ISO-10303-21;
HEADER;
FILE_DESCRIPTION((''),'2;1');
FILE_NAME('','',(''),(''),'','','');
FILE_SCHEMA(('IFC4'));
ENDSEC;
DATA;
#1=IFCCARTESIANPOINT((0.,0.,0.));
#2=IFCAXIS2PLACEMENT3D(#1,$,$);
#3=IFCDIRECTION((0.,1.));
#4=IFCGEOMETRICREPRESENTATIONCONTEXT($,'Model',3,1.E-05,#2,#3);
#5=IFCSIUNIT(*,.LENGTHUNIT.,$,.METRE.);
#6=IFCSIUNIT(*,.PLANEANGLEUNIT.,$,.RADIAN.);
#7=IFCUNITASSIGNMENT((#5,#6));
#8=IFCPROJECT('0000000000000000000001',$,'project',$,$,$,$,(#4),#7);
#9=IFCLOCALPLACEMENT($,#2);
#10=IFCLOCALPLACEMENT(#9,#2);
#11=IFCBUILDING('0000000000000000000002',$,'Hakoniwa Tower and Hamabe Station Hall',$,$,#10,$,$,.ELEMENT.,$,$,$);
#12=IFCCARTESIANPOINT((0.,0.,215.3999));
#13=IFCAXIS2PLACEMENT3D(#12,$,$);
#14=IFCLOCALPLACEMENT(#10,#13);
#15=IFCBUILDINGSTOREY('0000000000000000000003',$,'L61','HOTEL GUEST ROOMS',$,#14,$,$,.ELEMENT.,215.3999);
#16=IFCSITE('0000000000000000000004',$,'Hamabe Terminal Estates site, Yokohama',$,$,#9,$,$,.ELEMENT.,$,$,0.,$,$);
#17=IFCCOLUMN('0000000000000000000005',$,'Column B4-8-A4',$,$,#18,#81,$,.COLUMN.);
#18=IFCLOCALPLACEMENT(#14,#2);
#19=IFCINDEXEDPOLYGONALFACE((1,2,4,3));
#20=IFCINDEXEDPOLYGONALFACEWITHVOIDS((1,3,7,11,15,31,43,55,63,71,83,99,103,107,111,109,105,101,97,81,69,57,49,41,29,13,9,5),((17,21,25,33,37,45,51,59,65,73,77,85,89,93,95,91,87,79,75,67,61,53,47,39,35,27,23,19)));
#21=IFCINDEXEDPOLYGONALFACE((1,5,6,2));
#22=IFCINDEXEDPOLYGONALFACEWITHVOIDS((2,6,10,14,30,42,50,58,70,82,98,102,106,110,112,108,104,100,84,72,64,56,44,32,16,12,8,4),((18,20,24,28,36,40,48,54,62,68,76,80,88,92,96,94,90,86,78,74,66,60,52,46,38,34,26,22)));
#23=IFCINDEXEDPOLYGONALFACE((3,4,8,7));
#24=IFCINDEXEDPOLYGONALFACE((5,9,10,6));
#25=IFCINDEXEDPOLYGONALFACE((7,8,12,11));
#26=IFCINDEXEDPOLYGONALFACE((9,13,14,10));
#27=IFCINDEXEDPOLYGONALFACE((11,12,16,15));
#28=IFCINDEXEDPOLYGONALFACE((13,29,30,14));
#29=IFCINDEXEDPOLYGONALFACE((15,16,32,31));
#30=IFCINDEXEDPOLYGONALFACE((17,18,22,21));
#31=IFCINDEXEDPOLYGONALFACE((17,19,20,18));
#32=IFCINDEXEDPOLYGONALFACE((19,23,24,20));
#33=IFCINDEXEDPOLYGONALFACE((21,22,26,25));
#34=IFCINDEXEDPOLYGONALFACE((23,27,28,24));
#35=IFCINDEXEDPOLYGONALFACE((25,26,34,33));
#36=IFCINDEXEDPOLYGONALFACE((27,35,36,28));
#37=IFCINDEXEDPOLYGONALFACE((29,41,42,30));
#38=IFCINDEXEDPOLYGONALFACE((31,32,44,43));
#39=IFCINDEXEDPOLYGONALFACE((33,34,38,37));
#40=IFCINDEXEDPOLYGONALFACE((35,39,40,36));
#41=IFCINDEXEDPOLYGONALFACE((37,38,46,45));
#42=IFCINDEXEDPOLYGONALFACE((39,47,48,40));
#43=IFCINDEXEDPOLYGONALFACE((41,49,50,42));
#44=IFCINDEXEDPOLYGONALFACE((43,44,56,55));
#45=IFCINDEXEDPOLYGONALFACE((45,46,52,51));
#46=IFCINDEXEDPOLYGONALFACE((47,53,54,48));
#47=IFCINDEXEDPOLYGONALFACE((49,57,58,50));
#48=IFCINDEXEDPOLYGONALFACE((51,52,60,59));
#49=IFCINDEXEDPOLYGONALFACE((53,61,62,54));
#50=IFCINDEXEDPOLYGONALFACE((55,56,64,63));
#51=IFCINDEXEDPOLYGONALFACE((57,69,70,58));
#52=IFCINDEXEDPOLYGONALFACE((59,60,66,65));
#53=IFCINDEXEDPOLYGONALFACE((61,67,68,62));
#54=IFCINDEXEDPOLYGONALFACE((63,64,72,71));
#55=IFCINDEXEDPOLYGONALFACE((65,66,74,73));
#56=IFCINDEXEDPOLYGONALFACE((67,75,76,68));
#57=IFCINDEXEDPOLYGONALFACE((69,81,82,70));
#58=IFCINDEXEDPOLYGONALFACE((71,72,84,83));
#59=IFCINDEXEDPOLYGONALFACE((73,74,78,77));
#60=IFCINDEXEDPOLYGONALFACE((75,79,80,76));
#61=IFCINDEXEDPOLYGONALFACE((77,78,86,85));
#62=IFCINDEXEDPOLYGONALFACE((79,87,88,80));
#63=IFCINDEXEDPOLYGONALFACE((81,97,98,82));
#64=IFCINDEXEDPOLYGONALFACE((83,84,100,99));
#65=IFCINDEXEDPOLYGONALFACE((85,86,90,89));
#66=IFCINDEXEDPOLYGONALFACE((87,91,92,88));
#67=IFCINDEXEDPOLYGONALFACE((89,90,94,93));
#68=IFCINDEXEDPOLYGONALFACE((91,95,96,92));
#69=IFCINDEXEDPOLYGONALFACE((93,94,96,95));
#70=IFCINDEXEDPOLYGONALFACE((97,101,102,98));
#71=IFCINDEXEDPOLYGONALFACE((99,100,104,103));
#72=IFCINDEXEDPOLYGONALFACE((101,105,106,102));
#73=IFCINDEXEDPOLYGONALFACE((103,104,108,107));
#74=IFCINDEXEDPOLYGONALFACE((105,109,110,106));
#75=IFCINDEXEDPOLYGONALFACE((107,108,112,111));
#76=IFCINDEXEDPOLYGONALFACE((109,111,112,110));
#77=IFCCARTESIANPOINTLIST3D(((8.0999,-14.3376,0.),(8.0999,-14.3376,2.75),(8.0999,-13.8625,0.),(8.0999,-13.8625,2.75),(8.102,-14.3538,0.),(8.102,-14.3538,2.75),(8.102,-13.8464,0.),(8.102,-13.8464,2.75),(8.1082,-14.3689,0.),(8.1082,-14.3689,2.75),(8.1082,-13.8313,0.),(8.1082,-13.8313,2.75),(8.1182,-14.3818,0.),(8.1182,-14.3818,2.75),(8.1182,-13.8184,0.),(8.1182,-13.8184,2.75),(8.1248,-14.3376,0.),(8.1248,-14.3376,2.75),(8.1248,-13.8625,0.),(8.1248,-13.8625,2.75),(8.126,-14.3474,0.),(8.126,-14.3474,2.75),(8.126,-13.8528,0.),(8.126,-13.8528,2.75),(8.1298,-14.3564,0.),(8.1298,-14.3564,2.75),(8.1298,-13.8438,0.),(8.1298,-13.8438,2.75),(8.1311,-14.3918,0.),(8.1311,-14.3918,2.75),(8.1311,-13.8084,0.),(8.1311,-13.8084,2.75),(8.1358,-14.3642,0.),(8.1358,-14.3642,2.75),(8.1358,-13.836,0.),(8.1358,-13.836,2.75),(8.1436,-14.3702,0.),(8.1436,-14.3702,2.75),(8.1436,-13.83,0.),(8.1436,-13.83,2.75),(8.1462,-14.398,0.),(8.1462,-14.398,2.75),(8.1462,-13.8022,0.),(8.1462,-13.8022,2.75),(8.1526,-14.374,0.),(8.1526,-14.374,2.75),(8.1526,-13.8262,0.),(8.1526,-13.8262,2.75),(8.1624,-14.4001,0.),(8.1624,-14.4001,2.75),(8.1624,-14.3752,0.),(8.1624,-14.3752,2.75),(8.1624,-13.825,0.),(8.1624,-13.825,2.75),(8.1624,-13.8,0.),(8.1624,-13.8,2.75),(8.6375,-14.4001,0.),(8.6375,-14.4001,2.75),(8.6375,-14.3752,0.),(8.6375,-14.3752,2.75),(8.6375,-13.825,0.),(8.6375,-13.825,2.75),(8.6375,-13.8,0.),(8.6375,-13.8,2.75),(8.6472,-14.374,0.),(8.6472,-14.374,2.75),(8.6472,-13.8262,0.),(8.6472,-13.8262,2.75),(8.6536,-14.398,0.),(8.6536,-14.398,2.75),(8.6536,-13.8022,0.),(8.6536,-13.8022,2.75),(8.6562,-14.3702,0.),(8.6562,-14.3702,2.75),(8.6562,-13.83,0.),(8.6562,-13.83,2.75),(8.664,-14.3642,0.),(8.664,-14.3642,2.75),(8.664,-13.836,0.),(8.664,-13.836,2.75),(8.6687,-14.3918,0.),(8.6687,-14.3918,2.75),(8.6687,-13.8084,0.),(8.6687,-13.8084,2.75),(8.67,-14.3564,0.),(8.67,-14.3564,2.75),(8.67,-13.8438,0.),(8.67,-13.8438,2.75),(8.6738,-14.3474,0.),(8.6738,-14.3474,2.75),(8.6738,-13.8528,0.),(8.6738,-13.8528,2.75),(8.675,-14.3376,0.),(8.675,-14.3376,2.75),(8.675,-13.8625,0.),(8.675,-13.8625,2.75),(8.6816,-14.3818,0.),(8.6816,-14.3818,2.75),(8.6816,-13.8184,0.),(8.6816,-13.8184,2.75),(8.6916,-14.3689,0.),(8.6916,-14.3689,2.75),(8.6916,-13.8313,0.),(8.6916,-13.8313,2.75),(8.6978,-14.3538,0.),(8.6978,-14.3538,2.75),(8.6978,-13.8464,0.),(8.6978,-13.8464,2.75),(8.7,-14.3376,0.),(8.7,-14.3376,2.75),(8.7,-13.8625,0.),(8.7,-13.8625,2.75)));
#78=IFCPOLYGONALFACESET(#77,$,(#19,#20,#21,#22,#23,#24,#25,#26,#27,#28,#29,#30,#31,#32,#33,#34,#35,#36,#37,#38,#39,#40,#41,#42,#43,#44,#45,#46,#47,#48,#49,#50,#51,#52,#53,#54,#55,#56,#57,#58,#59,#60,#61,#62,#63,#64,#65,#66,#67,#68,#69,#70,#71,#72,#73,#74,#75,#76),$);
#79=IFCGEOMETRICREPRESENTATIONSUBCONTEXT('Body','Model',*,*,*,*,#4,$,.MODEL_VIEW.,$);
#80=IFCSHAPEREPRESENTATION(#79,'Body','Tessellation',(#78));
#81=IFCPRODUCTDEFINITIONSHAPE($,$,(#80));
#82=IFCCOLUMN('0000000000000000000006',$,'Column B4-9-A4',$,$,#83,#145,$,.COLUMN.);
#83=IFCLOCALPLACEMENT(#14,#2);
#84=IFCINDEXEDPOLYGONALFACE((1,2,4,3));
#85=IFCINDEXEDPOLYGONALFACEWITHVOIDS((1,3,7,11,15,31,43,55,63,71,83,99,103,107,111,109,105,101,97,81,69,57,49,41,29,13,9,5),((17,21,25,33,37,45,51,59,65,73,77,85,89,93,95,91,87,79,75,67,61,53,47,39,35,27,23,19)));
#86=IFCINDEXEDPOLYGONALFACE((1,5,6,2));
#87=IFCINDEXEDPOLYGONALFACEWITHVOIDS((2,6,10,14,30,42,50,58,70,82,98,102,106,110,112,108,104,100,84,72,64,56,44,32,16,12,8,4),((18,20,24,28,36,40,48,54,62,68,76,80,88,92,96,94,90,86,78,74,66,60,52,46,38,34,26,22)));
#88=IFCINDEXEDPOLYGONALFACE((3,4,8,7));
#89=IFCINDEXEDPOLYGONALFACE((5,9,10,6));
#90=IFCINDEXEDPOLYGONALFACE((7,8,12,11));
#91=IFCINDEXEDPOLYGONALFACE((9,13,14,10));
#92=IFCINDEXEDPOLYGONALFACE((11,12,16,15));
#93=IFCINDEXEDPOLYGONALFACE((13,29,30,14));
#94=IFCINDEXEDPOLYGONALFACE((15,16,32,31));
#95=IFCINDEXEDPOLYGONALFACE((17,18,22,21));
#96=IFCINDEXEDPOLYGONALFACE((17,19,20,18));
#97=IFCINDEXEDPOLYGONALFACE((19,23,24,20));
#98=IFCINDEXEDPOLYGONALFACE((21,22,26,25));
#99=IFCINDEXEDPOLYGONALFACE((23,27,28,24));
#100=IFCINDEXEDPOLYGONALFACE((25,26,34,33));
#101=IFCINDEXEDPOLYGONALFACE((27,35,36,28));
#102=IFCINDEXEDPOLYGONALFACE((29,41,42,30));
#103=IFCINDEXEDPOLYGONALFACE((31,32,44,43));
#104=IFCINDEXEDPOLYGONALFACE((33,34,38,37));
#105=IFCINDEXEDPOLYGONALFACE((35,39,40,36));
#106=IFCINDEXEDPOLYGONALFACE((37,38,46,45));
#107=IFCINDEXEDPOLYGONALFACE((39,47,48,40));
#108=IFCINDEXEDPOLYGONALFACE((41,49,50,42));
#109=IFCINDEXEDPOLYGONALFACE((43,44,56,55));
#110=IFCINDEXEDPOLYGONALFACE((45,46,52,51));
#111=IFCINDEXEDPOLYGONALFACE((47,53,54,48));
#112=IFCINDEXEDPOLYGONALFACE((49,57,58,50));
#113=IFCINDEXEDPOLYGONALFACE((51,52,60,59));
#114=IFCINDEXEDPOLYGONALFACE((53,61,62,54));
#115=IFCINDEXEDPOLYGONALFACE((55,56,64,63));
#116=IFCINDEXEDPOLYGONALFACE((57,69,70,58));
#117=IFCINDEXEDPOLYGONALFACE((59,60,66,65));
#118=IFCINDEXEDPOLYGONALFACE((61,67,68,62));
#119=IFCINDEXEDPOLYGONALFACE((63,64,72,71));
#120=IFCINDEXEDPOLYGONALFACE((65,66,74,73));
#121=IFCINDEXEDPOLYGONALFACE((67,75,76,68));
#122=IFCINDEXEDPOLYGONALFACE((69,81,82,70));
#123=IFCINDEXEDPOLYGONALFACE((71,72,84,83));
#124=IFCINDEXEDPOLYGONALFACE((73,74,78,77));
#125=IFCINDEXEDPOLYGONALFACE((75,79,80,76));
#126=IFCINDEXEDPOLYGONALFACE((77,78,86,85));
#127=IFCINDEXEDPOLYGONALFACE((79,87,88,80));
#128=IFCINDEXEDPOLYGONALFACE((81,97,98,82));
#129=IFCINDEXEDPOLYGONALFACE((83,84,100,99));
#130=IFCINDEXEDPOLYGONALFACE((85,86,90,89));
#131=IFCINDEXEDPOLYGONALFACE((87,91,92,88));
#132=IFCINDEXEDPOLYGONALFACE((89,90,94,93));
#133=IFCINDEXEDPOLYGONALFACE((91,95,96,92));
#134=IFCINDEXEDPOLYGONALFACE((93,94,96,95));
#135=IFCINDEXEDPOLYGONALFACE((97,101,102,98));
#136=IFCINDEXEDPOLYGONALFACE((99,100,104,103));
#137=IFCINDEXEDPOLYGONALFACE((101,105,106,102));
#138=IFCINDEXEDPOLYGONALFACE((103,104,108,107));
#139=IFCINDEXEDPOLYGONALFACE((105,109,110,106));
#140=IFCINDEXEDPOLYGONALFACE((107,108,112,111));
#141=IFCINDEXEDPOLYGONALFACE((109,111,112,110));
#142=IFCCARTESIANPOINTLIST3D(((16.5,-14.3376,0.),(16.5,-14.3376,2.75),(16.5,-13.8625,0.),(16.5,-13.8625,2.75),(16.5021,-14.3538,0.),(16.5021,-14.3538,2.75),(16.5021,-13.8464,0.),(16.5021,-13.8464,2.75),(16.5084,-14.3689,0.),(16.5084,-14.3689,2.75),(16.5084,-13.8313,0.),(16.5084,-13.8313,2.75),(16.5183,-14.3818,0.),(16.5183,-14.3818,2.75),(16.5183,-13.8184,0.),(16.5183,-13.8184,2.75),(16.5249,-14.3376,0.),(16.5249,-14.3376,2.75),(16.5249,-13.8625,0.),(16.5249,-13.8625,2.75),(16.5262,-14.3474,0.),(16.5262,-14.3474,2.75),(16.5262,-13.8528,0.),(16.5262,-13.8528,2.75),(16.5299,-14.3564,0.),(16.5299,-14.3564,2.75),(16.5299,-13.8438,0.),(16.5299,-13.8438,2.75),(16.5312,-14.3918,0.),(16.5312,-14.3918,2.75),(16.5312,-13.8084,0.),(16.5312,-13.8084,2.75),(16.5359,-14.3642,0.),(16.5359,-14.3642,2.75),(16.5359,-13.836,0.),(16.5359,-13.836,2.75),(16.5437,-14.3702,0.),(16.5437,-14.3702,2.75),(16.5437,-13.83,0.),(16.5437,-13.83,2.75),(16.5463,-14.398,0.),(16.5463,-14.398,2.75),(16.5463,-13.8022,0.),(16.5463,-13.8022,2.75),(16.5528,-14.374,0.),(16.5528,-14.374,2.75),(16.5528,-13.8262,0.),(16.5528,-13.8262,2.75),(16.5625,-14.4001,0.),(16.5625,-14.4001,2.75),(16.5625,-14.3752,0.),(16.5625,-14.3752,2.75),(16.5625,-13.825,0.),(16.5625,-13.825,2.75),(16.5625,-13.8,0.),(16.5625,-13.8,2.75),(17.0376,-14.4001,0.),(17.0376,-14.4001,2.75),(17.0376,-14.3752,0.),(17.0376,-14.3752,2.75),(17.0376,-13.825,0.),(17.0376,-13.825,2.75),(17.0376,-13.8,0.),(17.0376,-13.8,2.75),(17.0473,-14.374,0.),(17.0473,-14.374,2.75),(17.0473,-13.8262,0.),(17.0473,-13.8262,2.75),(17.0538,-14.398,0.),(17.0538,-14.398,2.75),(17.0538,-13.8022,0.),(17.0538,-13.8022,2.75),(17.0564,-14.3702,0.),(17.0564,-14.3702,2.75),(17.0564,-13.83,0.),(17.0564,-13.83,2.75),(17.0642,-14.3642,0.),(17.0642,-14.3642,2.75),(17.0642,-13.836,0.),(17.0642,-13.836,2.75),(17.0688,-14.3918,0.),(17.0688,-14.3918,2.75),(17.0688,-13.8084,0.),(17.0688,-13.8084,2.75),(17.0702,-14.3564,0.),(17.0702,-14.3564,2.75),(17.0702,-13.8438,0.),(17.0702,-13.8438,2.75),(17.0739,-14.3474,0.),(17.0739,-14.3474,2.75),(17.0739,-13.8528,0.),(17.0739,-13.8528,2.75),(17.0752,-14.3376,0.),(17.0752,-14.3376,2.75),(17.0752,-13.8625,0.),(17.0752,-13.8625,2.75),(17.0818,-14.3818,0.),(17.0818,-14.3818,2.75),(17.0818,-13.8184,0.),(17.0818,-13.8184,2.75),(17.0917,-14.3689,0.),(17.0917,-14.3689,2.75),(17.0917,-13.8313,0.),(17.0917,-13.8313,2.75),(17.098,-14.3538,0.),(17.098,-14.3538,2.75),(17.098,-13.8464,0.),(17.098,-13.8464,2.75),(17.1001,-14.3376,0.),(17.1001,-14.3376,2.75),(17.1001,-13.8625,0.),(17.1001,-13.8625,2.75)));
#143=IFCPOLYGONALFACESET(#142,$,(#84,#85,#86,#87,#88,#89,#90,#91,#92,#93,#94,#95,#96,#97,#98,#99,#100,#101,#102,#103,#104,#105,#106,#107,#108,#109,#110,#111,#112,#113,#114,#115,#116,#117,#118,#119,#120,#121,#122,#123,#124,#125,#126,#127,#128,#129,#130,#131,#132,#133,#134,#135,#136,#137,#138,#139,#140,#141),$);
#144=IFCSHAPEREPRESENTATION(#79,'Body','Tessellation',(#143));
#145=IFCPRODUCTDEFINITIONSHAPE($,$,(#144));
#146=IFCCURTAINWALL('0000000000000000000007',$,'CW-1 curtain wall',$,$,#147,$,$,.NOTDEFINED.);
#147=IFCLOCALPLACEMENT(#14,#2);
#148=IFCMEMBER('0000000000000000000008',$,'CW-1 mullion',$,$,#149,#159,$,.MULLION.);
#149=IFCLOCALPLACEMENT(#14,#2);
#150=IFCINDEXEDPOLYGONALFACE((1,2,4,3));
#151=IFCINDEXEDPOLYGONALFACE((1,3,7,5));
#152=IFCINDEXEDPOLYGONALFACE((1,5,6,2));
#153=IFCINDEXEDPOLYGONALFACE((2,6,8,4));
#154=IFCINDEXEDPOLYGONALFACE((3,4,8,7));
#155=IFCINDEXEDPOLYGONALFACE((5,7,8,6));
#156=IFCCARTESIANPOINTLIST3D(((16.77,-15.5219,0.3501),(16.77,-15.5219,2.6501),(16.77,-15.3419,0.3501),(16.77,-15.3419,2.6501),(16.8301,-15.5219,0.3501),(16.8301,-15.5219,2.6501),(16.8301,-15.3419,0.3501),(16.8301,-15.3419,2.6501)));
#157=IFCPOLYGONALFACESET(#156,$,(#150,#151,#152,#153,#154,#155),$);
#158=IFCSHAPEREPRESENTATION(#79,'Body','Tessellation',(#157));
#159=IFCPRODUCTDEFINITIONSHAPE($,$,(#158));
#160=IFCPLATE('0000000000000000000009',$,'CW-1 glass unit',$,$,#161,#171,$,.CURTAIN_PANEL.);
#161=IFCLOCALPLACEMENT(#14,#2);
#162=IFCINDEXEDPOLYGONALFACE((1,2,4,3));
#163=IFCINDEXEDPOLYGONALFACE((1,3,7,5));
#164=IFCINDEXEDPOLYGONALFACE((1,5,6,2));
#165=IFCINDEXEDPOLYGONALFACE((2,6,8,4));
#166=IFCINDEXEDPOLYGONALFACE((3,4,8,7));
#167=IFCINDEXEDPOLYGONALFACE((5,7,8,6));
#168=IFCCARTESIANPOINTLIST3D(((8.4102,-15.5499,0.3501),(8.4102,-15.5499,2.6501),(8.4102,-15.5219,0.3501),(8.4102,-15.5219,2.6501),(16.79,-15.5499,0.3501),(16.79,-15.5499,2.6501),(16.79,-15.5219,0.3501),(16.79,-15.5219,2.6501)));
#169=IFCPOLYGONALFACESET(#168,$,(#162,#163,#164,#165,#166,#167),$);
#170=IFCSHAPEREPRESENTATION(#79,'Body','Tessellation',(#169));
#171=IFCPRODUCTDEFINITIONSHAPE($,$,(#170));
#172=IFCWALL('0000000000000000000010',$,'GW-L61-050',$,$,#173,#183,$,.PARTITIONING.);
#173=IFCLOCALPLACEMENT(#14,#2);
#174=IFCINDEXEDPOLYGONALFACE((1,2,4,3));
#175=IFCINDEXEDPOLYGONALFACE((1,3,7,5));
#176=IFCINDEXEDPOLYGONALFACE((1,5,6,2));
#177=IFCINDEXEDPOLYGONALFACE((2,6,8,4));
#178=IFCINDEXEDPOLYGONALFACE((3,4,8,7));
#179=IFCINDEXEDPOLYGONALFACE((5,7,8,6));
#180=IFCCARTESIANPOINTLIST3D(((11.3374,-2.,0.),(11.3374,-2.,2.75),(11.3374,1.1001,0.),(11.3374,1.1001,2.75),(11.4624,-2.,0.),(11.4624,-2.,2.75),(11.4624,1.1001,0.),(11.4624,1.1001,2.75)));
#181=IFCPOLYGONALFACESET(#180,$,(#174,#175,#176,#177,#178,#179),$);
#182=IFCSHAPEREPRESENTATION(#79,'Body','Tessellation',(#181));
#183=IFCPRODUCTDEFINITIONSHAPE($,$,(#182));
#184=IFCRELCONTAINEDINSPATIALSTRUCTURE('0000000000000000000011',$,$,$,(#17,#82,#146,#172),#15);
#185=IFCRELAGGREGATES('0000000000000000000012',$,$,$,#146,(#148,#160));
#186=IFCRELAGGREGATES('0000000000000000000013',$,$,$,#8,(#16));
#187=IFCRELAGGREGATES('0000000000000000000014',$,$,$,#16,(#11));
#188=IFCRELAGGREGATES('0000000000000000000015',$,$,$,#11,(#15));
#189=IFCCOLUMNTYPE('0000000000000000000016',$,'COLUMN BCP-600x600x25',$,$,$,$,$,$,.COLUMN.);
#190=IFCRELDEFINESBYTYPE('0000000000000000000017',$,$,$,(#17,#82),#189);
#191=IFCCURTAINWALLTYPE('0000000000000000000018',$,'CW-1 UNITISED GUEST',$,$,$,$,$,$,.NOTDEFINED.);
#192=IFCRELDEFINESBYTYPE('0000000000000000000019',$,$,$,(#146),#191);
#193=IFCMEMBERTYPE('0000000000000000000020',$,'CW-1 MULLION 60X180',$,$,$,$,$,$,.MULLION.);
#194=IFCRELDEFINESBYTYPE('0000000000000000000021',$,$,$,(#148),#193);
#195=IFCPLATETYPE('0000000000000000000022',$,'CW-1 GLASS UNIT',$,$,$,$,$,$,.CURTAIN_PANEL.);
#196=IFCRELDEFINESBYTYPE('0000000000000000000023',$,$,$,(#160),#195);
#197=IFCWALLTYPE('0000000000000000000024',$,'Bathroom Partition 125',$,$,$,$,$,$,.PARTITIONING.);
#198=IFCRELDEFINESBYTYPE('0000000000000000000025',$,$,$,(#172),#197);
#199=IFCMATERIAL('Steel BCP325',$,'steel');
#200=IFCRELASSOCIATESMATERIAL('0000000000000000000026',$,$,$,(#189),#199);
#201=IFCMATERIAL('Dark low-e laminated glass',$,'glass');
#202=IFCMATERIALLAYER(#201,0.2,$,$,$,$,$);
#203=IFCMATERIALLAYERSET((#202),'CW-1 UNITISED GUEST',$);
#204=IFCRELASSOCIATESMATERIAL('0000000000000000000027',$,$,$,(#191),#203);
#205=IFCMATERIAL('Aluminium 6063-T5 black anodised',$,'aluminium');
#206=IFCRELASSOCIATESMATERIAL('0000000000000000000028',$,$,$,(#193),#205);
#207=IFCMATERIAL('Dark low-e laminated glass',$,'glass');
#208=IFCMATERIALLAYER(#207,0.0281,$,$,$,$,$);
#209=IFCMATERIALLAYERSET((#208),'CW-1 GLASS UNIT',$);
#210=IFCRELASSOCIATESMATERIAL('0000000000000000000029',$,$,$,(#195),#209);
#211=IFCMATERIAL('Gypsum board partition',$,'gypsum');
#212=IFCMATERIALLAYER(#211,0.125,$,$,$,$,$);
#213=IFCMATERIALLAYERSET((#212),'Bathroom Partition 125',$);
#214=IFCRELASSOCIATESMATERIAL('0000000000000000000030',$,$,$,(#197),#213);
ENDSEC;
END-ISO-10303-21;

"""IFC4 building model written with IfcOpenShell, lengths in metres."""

from ifc_helpers import new_model, si_unit, direction, frame, frame_2d, origin, origin_2d, place, context, subcontext, project, spatial, rectangle, hollow_rectangle, extrude, material, layer, layer_set, material_profile, profile_set, type_object, element, aggregate, save


model = new_model("IFC4")

# Units and contexts
model_context = context("Model", 3, precision=1e-05, world=origin(), true_north=direction((0.0, 1.0)))
body_context = subcontext(model_context, "Body", "Model", "MODEL_VIEW")
ifc_project = project(units=[si_unit("LENGTHUNIT", "METRE"), si_unit("PLANEANGLEUNIT", "RADIAN")], contexts=[model_context])

# Site, building, storey
site_placement = place(None, origin())
site = spatial("IfcSite", under=ifc_project, at=site_placement, Name="Hamabe Terminal Estates site, Yokohama", CompositionType="ELEMENT", RefElevation=0.0)
building_placement = place(site_placement, origin())
building = spatial("IfcBuilding", under=site, at=building_placement, Name="Hakoniwa Tower and Hamabe Station Hall", CompositionType="ELEMENT")
storey_placement = place(building_placement, frame((0.0, 0.0, 215.3999)))
storey = spatial("IfcBuildingStorey", under=building, at=storey_placement, Name="L61", Description="HOTEL GUEST ROOMS", CompositionType="ELEMENT", Elevation=215.3999)

# Columns
ifc_material_1 = material(Name="Steel BCP325", Category="steel")
ifc_material_profile_1 = material_profile(ifc_material_1, hollow_rectangle(XDim=0.6001, YDim=0.6001, WallThickness=0.0249, InnerFilletRadius=0.0376, OuterFilletRadius=0.0625, at=origin_2d()), Name="BCP-600x600x25")
ifc_profile_set_1 = profile_set([ifc_material_profile_1], Name="Steel BCP325")
column_type = type_object("IfcColumnType", Name="COLUMN BCP-600x600x25", PredefinedType="COLUMN", material=ifc_profile_set_1)
for number, where, z_axis, x_axis, name in (
    (1, (8.3999, -14.1001, 0.0), (0.0, 0.0, 1.0), (1.0, 0.0, 0.0), "Column B4-8-A4"),
    (2, (16.8, -14.1001, 0.0), (0.0, 0.0, 1.0), (1.0, 0.0, 0.0), "Column B4-9-A4"),
):
    element("IfcColumn", number, at=place(storey_placement, frame(where, z_axis=z_axis, x_axis=x_axis)), inside=storey, type_object=column_type, Name=name, PredefinedType="COLUMN", context=body_context, shape_type="SweptSolid", body=[
        extrude(hollow_rectangle(XDim=0.6001, YDim=0.6001, WallThickness=0.0249, InnerFilletRadius=0.0376, OuterFilletRadius=0.0625, at=origin_2d()), origin(), (0.0, 0.0, 1.0), 2.75),
    ])

# Curtain wall, member, plate
ifc_material_2 = material(Name="Dark low-e laminated glass", Category="glass")
ifc_layer_1 = layer(ifc_material_2, 0.2)
ifc_layer_set_1 = layer_set([ifc_layer_1], Name="CW-1 UNITISED GUEST")
curtain_wall_type = type_object("IfcCurtainWallType", Name="CW-1 UNITISED GUEST", PredefinedType="NOTDEFINED", material=ifc_layer_set_1)
curtain_wall_placement = place(storey_placement, origin())
curtain_wall = element("IfcCurtainWall", 3, at=curtain_wall_placement, inside=storey, type_object=curtain_wall_type, Name="CW-1 curtain wall", PredefinedType="NOTDEFINED")
ifc_material_3 = material(Name="Aluminium 6063-T5 black anodised", Category="aluminium")
ifc_material_profile_2 = material_profile(ifc_material_3, rectangle(XDim=0.0601, YDim=0.1799, at=origin_2d()), Name="CW-1 MULLION 60X180")
ifc_profile_set_2 = profile_set([ifc_material_profile_2], Name="Aluminium 6063-T5 black anodised")
member_type = type_object("IfcMemberType", Name="CW-1 MULLION 60X180", PredefinedType="MULLION", material=ifc_profile_set_2)
member_placement = place(storey_placement, frame((16.8, -15.4319, 0.3501), z_axis=(0.0, 0.0, 1.0), x_axis=(1.0, 0.0, 0.0)))
member = element("IfcMember", 4, at=member_placement, type_object=member_type, Name="CW-1 mullion", PredefinedType="MULLION", context=body_context, shape_type="SweptSolid", body=[
    extrude(rectangle(XDim=0.0601, YDim=0.1799, at=origin_2d()), origin(), (0.0, 0.0, 1.0), 2.3),
])
ifc_material_4 = material(Name="Dark low-e laminated glass", Category="glass")
ifc_layer_2 = layer(ifc_material_4, 0.0281)
ifc_layer_set_2 = layer_set([ifc_layer_2], Name="CW-1 GLASS UNIT")
plate_type = type_object("IfcPlateType", Name="CW-1 GLASS UNIT", PredefinedType="CURTAIN_PANEL", material=ifc_layer_set_2)
plate_placement = place(storey_placement, frame((12.6001, -15.5359, 0.3501), z_axis=(0.0, 0.0, 1.0), x_axis=(1.0, 0.0, 0.0)))
plate = element("IfcPlate", 5, at=plate_placement, type_object=plate_type, Name="CW-1 glass unit", PredefinedType="CURTAIN_PANEL", context=body_context, shape_type="SweptSolid", body=[
    extrude(rectangle(XDim=8.3799, YDim=0.0281, at=origin_2d()), origin(), (0.0, 0.0, 1.0), 2.3),
])
aggregate(curtain_wall, [member, plate])

# Wall
ifc_material_5 = material(Name="Gypsum board partition", Category="gypsum")
ifc_layer_3 = layer(ifc_material_5, 0.125)
ifc_layer_set_3 = layer_set([ifc_layer_3], Name="Bathroom Partition 125")
wall_type_1 = type_object("IfcWallType", Name="Bathroom Partition 125", PredefinedType="PARTITIONING", material=ifc_layer_set_3)
wall_1_placement = place(storey_placement, frame((11.3999, -2.0, 0.0), z_axis=(0.0, 0.0, 1.0), x_axis=(0.0, 1.0, 0.0)))
element("IfcWall", 6, at=wall_1_placement, inside=storey, type_object=wall_type_1, Name="GW-L61-050", PredefinedType="PARTITIONING", context=body_context, shape_type="SweptSolid", body=[
    extrude(rectangle(XDim=3.1001, YDim=0.125, at=frame_2d((1.55, 0.0))), origin(), (0.0, 0.0, 1.0), 2.75),
])

save(model, "model.ifc")
